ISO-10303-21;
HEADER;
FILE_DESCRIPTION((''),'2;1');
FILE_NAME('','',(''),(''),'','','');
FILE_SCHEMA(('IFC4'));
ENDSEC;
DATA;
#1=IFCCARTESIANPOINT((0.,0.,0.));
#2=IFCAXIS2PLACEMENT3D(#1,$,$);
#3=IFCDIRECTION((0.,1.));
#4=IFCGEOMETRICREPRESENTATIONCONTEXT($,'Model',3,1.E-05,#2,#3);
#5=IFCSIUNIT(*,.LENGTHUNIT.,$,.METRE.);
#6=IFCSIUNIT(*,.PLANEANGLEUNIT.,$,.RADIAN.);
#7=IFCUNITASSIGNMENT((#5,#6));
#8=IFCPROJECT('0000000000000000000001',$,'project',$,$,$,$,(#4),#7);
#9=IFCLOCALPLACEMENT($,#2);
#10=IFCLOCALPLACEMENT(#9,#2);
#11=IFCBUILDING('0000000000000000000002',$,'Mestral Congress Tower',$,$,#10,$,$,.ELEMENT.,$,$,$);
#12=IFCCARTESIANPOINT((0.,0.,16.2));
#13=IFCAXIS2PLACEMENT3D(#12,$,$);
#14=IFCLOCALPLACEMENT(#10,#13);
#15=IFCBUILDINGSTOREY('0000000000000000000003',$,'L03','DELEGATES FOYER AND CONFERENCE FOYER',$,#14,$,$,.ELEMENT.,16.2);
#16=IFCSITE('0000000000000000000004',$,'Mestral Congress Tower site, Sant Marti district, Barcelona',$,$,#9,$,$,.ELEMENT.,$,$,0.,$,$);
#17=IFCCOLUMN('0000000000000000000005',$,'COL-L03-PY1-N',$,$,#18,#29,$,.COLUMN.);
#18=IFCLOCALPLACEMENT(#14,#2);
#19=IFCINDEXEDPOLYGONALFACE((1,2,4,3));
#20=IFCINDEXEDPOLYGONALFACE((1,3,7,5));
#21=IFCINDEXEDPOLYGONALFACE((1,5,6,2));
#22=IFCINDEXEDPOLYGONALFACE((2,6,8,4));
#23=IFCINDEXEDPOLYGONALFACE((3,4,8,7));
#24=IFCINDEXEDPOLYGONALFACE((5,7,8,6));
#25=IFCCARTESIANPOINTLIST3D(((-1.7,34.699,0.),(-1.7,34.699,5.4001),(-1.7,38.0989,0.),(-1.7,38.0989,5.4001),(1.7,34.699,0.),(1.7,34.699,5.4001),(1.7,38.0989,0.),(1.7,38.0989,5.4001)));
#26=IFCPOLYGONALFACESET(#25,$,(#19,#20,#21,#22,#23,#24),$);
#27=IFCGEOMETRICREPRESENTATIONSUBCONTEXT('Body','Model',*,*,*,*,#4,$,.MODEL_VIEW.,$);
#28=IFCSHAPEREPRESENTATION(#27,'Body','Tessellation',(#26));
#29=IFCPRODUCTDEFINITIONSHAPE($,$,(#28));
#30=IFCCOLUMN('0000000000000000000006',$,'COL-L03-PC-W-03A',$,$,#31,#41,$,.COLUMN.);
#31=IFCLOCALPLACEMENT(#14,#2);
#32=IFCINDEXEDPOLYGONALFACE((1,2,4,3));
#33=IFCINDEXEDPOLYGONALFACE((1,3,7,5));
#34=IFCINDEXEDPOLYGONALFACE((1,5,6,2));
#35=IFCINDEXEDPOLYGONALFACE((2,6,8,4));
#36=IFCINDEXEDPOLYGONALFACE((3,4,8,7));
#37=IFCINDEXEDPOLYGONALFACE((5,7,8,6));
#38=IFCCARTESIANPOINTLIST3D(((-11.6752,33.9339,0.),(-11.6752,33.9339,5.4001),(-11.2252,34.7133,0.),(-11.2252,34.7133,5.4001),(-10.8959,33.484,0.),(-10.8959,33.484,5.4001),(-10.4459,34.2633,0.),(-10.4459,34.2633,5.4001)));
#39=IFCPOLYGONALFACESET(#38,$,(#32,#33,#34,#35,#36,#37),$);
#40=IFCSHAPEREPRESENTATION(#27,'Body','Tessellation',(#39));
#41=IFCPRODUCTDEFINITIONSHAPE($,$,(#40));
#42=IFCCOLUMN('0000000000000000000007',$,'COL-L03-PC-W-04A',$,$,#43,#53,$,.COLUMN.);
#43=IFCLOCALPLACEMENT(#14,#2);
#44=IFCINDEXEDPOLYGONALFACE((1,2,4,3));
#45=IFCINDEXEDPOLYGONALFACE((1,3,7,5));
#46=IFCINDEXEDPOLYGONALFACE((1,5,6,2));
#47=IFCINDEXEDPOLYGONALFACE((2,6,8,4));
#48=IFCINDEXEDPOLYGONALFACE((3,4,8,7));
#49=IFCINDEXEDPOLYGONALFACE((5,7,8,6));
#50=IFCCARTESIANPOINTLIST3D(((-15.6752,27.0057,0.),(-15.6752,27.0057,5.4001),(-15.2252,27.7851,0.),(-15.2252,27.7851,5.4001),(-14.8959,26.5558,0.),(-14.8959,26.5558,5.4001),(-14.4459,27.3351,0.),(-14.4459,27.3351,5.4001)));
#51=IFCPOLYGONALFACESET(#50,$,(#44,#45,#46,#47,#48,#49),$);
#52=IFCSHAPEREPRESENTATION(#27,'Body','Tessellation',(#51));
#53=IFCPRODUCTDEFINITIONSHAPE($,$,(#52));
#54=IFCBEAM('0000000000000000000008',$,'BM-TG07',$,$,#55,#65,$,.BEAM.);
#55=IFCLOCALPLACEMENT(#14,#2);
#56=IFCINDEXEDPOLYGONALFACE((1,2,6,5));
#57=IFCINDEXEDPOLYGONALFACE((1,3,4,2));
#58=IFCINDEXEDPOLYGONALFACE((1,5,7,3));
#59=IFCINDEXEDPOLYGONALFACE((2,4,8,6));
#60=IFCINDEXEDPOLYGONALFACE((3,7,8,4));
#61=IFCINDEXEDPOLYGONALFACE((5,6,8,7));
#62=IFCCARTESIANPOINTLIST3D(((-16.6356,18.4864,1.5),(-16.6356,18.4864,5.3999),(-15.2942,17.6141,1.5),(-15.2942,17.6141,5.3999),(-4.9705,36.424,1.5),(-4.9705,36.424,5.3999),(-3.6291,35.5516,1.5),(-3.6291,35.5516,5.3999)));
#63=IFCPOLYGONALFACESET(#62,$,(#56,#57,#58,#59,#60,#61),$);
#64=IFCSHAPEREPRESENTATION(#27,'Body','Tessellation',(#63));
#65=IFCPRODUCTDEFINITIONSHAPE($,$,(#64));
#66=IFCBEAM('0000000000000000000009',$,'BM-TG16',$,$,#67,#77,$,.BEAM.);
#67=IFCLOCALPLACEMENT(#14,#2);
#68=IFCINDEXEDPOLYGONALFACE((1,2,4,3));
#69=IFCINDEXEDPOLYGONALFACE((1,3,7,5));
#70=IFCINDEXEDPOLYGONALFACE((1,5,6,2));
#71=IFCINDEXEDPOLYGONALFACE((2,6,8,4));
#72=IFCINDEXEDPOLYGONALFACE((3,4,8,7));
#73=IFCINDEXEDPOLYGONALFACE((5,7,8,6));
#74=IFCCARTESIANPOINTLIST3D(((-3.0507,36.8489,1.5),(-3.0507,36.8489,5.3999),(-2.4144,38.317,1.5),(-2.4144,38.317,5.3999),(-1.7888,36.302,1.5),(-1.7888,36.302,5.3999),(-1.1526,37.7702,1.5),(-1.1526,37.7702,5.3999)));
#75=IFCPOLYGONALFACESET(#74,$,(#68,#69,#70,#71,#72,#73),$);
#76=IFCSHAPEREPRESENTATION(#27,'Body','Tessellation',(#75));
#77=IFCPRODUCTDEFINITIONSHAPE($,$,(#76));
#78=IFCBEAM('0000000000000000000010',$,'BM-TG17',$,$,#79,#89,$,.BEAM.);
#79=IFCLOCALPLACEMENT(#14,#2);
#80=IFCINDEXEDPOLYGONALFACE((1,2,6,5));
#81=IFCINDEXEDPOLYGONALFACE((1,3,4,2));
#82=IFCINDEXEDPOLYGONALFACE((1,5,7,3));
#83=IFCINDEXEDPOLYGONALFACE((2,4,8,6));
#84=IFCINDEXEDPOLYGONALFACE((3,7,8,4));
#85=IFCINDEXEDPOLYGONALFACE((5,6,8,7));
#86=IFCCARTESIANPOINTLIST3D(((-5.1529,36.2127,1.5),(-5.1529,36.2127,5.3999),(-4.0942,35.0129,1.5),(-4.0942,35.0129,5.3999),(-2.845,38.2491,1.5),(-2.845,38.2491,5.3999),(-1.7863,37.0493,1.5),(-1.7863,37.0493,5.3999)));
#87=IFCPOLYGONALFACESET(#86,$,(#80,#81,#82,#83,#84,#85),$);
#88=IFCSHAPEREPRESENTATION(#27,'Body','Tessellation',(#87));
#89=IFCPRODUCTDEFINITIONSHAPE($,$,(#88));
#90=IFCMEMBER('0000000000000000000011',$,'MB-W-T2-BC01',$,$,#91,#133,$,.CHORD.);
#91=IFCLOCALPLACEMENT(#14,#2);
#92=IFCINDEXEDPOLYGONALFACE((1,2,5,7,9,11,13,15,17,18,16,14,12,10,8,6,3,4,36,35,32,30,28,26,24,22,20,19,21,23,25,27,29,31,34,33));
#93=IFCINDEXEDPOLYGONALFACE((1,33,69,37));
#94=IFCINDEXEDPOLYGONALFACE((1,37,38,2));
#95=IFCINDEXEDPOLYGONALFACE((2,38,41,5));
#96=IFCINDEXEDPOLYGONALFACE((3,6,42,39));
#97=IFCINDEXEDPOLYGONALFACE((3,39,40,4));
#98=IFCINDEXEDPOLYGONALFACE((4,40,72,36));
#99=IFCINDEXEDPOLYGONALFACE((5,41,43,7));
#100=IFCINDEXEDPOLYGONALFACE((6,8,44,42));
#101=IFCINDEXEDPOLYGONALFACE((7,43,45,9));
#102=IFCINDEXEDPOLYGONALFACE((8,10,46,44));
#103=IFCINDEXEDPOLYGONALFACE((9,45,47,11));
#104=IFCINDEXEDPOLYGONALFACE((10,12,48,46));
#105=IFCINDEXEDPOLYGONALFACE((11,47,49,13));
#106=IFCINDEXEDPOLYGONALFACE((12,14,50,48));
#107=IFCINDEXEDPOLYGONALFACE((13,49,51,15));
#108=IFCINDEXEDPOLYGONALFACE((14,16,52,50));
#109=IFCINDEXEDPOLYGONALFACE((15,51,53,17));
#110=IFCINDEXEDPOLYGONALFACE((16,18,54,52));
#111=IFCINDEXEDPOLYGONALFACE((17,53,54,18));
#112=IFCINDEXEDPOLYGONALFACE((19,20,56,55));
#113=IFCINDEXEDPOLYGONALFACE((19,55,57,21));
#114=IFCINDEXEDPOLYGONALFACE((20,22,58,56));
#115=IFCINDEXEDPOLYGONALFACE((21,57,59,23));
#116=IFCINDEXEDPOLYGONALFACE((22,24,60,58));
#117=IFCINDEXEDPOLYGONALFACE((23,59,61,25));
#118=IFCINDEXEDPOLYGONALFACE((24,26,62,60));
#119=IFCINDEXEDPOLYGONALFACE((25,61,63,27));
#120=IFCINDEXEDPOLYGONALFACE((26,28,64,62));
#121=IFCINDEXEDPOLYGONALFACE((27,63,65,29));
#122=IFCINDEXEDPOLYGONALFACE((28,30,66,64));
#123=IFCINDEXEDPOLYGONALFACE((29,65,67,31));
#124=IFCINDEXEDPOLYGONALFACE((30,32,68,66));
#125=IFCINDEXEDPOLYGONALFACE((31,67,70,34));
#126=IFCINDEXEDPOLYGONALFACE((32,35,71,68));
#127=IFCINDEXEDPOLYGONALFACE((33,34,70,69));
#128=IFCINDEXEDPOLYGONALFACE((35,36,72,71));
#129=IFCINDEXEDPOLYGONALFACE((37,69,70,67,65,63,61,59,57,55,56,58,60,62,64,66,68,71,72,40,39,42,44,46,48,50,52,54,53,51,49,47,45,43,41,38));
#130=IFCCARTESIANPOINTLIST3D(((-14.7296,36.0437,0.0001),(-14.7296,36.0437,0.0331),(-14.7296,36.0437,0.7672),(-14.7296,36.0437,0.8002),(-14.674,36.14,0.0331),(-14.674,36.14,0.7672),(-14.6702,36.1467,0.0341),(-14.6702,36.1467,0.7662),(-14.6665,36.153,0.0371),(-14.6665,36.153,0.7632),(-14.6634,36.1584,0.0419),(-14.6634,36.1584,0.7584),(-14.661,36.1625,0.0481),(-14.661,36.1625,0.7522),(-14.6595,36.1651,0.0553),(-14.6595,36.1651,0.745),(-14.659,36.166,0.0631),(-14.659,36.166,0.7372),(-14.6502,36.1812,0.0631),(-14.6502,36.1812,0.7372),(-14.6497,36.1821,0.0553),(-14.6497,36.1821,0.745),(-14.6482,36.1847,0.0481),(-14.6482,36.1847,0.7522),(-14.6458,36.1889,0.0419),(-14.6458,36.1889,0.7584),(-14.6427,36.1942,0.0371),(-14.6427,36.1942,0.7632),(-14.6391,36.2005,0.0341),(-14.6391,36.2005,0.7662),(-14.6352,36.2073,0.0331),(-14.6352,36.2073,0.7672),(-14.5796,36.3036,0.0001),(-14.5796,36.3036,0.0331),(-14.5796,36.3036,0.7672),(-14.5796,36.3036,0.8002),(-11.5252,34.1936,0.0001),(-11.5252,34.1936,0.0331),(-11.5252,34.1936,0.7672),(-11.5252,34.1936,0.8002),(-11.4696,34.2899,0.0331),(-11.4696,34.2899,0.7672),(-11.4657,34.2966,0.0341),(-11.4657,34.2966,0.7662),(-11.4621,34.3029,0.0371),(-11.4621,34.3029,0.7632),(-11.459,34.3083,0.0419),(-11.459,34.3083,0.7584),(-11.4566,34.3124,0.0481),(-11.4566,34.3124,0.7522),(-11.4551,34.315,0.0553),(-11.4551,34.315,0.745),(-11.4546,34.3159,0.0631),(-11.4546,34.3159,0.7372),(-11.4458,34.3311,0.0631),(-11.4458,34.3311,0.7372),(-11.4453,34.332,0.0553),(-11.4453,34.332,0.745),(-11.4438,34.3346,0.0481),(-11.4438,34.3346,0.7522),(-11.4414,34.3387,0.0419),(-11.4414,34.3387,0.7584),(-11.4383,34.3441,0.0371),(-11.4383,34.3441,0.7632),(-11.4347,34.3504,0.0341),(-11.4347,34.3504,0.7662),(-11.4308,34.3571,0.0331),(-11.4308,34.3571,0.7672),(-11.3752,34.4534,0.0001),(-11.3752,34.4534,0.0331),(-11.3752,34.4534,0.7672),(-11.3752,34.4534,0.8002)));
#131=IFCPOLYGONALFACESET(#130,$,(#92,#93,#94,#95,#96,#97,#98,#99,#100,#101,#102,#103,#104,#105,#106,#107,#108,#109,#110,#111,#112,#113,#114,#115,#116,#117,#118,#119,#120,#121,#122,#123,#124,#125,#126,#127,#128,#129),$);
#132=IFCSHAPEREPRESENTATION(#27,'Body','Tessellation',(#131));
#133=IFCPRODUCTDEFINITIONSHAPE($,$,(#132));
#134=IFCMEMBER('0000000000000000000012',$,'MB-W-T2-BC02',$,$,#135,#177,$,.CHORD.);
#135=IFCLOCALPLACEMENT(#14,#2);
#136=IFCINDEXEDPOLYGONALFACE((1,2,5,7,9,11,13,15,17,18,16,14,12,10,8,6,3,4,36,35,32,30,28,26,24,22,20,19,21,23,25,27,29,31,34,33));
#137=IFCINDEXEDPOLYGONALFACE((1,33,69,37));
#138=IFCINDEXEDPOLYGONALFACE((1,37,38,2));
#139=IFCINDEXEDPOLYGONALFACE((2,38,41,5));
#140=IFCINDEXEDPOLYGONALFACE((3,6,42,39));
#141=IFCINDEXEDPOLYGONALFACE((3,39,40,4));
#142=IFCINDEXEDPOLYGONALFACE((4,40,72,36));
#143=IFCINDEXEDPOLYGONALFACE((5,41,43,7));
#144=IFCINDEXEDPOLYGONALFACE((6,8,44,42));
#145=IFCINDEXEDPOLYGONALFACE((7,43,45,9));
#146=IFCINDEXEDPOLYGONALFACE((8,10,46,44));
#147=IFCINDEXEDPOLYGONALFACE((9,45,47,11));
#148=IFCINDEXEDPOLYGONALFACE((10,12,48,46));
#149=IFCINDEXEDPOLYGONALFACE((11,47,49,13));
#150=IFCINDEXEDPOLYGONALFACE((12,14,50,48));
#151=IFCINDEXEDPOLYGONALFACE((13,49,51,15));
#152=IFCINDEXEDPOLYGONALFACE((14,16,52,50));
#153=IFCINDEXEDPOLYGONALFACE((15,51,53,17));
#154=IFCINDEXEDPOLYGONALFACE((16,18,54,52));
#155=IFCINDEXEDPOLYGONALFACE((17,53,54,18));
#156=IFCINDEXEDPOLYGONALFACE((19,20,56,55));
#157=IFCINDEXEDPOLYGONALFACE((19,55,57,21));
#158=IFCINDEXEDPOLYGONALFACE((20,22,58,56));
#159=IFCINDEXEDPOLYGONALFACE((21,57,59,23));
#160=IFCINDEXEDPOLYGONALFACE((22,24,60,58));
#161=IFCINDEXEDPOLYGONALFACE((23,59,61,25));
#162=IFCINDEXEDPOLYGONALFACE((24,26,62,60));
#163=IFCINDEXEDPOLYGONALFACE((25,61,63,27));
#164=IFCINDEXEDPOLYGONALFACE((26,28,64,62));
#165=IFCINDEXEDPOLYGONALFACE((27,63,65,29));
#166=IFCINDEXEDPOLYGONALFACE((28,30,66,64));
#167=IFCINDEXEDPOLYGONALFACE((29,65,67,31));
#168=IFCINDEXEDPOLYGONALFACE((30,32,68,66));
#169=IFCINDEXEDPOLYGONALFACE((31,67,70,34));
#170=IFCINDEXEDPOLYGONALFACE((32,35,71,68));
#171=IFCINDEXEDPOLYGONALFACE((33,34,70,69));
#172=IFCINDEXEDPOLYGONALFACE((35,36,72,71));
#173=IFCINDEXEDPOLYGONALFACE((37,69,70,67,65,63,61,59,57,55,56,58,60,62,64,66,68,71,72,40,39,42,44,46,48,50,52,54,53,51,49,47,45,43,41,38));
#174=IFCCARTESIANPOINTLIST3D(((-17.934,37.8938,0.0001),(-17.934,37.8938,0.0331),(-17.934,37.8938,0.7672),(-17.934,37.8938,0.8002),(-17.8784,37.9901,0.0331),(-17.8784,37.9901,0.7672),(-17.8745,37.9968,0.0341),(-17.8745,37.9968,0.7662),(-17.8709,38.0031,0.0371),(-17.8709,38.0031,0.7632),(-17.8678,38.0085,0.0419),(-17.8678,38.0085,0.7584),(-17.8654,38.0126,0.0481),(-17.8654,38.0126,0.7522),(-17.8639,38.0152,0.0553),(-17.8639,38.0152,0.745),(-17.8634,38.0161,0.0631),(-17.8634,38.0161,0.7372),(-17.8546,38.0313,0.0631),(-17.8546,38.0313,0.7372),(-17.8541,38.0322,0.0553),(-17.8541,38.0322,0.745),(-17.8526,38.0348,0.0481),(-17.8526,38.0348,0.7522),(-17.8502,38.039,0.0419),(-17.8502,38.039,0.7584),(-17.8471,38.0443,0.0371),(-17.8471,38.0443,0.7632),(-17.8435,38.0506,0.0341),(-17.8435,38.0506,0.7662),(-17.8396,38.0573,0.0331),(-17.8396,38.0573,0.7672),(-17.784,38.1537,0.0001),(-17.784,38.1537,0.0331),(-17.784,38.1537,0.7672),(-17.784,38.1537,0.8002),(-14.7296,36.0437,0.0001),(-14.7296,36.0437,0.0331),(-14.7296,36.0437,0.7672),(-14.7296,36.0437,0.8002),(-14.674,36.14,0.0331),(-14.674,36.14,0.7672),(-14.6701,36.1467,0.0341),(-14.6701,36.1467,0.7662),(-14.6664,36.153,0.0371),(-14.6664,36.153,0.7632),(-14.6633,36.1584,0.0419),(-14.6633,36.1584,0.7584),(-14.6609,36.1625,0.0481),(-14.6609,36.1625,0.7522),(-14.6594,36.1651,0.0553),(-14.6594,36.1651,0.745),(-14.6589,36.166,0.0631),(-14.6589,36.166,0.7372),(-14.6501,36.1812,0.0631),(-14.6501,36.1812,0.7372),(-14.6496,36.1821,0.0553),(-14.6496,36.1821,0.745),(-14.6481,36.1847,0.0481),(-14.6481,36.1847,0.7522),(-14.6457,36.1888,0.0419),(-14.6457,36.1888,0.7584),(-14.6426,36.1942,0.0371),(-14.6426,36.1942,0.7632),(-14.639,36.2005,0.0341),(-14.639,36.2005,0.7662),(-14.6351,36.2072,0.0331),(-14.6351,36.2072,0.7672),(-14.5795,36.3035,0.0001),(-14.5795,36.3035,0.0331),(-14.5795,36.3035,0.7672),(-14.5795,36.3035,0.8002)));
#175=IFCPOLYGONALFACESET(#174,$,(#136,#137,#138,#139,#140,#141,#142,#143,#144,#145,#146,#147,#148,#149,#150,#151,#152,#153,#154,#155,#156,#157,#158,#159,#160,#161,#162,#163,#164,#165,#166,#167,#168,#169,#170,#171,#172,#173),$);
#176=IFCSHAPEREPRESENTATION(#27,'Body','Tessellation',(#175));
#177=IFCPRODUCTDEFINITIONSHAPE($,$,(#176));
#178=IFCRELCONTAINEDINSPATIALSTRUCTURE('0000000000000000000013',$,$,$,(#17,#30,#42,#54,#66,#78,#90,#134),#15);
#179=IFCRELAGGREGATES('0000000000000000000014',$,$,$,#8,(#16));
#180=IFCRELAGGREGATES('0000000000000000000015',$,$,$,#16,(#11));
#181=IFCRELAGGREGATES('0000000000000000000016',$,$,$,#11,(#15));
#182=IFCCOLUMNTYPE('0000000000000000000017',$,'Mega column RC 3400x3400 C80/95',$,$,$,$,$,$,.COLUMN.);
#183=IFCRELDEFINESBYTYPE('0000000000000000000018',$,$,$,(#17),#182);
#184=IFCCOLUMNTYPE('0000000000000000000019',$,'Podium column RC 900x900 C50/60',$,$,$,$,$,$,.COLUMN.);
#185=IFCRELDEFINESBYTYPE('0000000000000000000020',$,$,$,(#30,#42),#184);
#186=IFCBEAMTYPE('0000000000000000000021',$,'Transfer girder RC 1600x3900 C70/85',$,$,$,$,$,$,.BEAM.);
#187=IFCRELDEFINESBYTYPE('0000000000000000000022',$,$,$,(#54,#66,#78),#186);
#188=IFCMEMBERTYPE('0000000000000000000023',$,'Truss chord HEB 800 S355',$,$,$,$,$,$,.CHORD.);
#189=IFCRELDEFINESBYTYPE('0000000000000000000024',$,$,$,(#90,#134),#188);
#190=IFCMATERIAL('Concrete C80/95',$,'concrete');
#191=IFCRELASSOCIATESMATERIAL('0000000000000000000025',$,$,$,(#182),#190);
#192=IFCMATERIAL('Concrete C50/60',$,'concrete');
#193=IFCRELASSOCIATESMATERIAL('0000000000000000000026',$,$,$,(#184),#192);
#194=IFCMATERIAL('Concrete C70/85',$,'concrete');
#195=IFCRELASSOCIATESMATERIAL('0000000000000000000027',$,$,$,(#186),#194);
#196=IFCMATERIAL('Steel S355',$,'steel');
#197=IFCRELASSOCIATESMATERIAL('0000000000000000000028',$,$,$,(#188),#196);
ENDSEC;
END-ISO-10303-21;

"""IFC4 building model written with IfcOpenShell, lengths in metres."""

from ifc_helpers import new_model, si_unit, direction, frame, origin, origin_2d, place, context, subcontext, project, spatial, rectangle, i_section, extrude, material, material_profile, profile_set, type_object, element, save


model = new_model("IFC4")

# Units and contexts
model_context = context("Model", 3, precision=1e-05, world=origin(), true_north=direction((0.0, 1.0)))
body_context = subcontext(model_context, "Body", "Model", "MODEL_VIEW")
ifc_project = project(units=[si_unit("LENGTHUNIT", "METRE"), si_unit("PLANEANGLEUNIT", "RADIAN")], contexts=[model_context])

# Site, building, storey
site_placement = place(None, origin())
site = spatial("IfcSite", under=ifc_project, at=site_placement, Name="Mestral Congress Tower site, Sant Marti district, Barcelona", CompositionType="ELEMENT", RefElevation=0.0)
building_placement = place(site_placement, origin())
building = spatial("IfcBuilding", under=site, at=building_placement, Name="Mestral Congress Tower", CompositionType="ELEMENT")
storey_placement = place(building_placement, frame((0.0, 0.0, 16.2)))
storey = spatial("IfcBuildingStorey", under=building, at=storey_placement, Name="L03", Description="DELEGATES FOYER AND CONFERENCE FOYER", CompositionType="ELEMENT", Elevation=16.2)

# Columns
ifc_material_1 = material(Name="Concrete C80/95", Category="concrete")
ifc_material_profile_1 = material_profile(ifc_material_1, rectangle(XDim=3.3999, YDim=3.3999, at=origin_2d()), Name="RC 3400x3400")
ifc_profile_set_1 = profile_set([ifc_material_profile_1], Name="Concrete C80/95")
column_type_1 = type_object("IfcColumnType", Name="Mega column RC 3400x3400 C80/95", PredefinedType="COLUMN", material=ifc_profile_set_1)
column_placement = place(storey_placement, frame((0.0, 36.3989, 0.0), z_axis=(0.0, 0.0, 1.0), x_axis=(0.0, 1.0, 0.0)))
element("IfcColumn", 1, at=column_placement, inside=storey, type_object=column_type_1, Name="COL-L03-PY1-N", PredefinedType="COLUMN", context=body_context, shape_type="SweptSolid", body=[
    extrude(rectangle(XDim=3.3999, YDim=3.3999, at=origin_2d()), origin(), (0.0, 0.0, 1.0), 5.4001),
])
ifc_material_2 = material(Name="Concrete C50/60", Category="concrete")
ifc_material_profile_2 = material_profile(ifc_material_2, rectangle(XDim=0.8999, YDim=0.8999, at=origin_2d()), Name="RC 900x900")
ifc_profile_set_2 = profile_set([ifc_material_profile_2], Name="Concrete C50/60")
column_type_2 = type_object("IfcColumnType", Name="Podium column RC 900x900 C50/60", PredefinedType="COLUMN", material=ifc_profile_set_2)
for number, where, z_axis, x_axis, name in (
    (2, (-11.0605, 34.0986, 0.0), (0.0, 0.0, 1.0), (-0.5, -0.866025, 0.0), "COL-L03-PC-W-03A"),
    (3, (-15.0605, 27.1704, 0.0), (0.0, 0.0, 1.0), (-0.5, -0.866025, 0.0), "COL-L03-PC-W-04A"),
):
    element("IfcColumn", number, at=place(storey_placement, frame(where, z_axis=z_axis, x_axis=x_axis)), inside=storey, type_object=column_type_2, Name=name, PredefinedType="COLUMN", context=body_context, shape_type="SweptSolid", body=[
        extrude(rectangle(XDim=0.8999, YDim=0.8999, at=origin_2d()), origin(), (0.0, 0.0, 1.0), 5.4001),
    ])

# Beams
ifc_material_3 = material(Name="Concrete C70/85", Category="concrete")
ifc_material_profile_3 = material_profile(ifc_material_3, rectangle(XDim=1.6001, YDim=3.8999, at=origin_2d()), Name="RC 1600x3900")
ifc_profile_set_3 = profile_set([ifc_material_profile_3], Name="Concrete C70/85")
beam_type = type_object("IfcBeamType", Name="Transfer girder RC 1600x3900 C70/85", PredefinedType="BEAM", material=ifc_profile_set_3)
beam_1_placement = place(storey_placement, frame((-4.2998, 35.9878, 3.45), z_axis=(-0.545174, -0.838323, 0.0), x_axis=(0.838323, -0.545174, 0.0)))
element("IfcBeam", 4, at=beam_1_placement, inside=storey, type_object=beam_type, Name="BM-TG07", PredefinedType="BEAM", context=body_context, shape_type="SweptSolid", body=[
    extrude(rectangle(XDim=1.6001, YDim=3.8999, at=origin_2d()), origin(), (0.0, 0.0, 1.0), 21.397),
])
beam_2_placement = place(storey_placement, frame((-1.4707, 37.0361, 3.45), z_axis=(-0.917549, 0.397622, 0.0), x_axis=(-0.397622, -0.917549, 0.0)))
element("IfcBeam", 5, at=beam_2_placement, inside=storey, type_object=beam_type, Name="BM-TG16", PredefinedType="BEAM", context=body_context, shape_type="SweptSolid", body=[
    extrude(rectangle(XDim=1.6001, YDim=3.8999, at=origin_2d()), origin(), (0.0, 0.0, 1.0), 1.3752),
])
beam_3_placement = place(storey_placement, frame((-2.3157, 37.6492, 3.45), z_axis=(-0.749833, -0.661627, 0.0), x_axis=(0.661627, -0.749833, 0.0)))
element("IfcBeam", 6, at=beam_3_placement, inside=storey, type_object=beam_type, Name="BM-TG17", PredefinedType="BEAM", context=body_context, shape_type="SweptSolid", body=[
    extrude(rectangle(XDim=1.6001, YDim=3.8999, at=origin_2d()), origin(), (0.0, 0.0, 1.0), 3.0779),
])

# Members
ifc_material_4 = material(Name="Steel S355", Category="steel")
ifc_material_profile_4 = material_profile(ifc_material_4, i_section(OverallWidth=0.3, OverallDepth=0.8, WebThickness=0.0176, FlangeThickness=0.033, FilletRadius=0.03, at=origin_2d()), Name="HEB 800")
ifc_profile_set_4 = profile_set([ifc_material_profile_4], Name="Steel S355")
member_type_1 = type_object("IfcMemberType", Name="Truss chord HEB 800 S355", PredefinedType="CHORD", material=ifc_profile_set_4)
for number, where, z_axis, x_axis, name in (
    (7, (-11.4502, 34.3235, 0.4001), (-0.866017, 0.500014, 0.0), (-0.500014, -0.866017, 0.0), "MB-W-T2-BC01"),
    (8, (-14.6545, 36.1736, 0.4001), (-0.866017, 0.500014, 0.0), (-0.500014, -0.866017, 0.0), "MB-W-T2-BC02"),
):
    element("IfcMember", number, at=place(storey_placement, frame(where, z_axis=z_axis, x_axis=x_axis)), inside=storey, type_object=member_type_1, Name=name, PredefinedType="CHORD", context=body_context, shape_type="SweptSolid", body=[
        extrude(i_section(OverallWidth=0.3, OverallDepth=0.8, WebThickness=0.0176, FlangeThickness=0.033, FilletRadius=0.03, at=origin_2d()), origin(), (0.0, 0.0, 1.0), 3.7002),
    ])

save(model, "model.ifc")
